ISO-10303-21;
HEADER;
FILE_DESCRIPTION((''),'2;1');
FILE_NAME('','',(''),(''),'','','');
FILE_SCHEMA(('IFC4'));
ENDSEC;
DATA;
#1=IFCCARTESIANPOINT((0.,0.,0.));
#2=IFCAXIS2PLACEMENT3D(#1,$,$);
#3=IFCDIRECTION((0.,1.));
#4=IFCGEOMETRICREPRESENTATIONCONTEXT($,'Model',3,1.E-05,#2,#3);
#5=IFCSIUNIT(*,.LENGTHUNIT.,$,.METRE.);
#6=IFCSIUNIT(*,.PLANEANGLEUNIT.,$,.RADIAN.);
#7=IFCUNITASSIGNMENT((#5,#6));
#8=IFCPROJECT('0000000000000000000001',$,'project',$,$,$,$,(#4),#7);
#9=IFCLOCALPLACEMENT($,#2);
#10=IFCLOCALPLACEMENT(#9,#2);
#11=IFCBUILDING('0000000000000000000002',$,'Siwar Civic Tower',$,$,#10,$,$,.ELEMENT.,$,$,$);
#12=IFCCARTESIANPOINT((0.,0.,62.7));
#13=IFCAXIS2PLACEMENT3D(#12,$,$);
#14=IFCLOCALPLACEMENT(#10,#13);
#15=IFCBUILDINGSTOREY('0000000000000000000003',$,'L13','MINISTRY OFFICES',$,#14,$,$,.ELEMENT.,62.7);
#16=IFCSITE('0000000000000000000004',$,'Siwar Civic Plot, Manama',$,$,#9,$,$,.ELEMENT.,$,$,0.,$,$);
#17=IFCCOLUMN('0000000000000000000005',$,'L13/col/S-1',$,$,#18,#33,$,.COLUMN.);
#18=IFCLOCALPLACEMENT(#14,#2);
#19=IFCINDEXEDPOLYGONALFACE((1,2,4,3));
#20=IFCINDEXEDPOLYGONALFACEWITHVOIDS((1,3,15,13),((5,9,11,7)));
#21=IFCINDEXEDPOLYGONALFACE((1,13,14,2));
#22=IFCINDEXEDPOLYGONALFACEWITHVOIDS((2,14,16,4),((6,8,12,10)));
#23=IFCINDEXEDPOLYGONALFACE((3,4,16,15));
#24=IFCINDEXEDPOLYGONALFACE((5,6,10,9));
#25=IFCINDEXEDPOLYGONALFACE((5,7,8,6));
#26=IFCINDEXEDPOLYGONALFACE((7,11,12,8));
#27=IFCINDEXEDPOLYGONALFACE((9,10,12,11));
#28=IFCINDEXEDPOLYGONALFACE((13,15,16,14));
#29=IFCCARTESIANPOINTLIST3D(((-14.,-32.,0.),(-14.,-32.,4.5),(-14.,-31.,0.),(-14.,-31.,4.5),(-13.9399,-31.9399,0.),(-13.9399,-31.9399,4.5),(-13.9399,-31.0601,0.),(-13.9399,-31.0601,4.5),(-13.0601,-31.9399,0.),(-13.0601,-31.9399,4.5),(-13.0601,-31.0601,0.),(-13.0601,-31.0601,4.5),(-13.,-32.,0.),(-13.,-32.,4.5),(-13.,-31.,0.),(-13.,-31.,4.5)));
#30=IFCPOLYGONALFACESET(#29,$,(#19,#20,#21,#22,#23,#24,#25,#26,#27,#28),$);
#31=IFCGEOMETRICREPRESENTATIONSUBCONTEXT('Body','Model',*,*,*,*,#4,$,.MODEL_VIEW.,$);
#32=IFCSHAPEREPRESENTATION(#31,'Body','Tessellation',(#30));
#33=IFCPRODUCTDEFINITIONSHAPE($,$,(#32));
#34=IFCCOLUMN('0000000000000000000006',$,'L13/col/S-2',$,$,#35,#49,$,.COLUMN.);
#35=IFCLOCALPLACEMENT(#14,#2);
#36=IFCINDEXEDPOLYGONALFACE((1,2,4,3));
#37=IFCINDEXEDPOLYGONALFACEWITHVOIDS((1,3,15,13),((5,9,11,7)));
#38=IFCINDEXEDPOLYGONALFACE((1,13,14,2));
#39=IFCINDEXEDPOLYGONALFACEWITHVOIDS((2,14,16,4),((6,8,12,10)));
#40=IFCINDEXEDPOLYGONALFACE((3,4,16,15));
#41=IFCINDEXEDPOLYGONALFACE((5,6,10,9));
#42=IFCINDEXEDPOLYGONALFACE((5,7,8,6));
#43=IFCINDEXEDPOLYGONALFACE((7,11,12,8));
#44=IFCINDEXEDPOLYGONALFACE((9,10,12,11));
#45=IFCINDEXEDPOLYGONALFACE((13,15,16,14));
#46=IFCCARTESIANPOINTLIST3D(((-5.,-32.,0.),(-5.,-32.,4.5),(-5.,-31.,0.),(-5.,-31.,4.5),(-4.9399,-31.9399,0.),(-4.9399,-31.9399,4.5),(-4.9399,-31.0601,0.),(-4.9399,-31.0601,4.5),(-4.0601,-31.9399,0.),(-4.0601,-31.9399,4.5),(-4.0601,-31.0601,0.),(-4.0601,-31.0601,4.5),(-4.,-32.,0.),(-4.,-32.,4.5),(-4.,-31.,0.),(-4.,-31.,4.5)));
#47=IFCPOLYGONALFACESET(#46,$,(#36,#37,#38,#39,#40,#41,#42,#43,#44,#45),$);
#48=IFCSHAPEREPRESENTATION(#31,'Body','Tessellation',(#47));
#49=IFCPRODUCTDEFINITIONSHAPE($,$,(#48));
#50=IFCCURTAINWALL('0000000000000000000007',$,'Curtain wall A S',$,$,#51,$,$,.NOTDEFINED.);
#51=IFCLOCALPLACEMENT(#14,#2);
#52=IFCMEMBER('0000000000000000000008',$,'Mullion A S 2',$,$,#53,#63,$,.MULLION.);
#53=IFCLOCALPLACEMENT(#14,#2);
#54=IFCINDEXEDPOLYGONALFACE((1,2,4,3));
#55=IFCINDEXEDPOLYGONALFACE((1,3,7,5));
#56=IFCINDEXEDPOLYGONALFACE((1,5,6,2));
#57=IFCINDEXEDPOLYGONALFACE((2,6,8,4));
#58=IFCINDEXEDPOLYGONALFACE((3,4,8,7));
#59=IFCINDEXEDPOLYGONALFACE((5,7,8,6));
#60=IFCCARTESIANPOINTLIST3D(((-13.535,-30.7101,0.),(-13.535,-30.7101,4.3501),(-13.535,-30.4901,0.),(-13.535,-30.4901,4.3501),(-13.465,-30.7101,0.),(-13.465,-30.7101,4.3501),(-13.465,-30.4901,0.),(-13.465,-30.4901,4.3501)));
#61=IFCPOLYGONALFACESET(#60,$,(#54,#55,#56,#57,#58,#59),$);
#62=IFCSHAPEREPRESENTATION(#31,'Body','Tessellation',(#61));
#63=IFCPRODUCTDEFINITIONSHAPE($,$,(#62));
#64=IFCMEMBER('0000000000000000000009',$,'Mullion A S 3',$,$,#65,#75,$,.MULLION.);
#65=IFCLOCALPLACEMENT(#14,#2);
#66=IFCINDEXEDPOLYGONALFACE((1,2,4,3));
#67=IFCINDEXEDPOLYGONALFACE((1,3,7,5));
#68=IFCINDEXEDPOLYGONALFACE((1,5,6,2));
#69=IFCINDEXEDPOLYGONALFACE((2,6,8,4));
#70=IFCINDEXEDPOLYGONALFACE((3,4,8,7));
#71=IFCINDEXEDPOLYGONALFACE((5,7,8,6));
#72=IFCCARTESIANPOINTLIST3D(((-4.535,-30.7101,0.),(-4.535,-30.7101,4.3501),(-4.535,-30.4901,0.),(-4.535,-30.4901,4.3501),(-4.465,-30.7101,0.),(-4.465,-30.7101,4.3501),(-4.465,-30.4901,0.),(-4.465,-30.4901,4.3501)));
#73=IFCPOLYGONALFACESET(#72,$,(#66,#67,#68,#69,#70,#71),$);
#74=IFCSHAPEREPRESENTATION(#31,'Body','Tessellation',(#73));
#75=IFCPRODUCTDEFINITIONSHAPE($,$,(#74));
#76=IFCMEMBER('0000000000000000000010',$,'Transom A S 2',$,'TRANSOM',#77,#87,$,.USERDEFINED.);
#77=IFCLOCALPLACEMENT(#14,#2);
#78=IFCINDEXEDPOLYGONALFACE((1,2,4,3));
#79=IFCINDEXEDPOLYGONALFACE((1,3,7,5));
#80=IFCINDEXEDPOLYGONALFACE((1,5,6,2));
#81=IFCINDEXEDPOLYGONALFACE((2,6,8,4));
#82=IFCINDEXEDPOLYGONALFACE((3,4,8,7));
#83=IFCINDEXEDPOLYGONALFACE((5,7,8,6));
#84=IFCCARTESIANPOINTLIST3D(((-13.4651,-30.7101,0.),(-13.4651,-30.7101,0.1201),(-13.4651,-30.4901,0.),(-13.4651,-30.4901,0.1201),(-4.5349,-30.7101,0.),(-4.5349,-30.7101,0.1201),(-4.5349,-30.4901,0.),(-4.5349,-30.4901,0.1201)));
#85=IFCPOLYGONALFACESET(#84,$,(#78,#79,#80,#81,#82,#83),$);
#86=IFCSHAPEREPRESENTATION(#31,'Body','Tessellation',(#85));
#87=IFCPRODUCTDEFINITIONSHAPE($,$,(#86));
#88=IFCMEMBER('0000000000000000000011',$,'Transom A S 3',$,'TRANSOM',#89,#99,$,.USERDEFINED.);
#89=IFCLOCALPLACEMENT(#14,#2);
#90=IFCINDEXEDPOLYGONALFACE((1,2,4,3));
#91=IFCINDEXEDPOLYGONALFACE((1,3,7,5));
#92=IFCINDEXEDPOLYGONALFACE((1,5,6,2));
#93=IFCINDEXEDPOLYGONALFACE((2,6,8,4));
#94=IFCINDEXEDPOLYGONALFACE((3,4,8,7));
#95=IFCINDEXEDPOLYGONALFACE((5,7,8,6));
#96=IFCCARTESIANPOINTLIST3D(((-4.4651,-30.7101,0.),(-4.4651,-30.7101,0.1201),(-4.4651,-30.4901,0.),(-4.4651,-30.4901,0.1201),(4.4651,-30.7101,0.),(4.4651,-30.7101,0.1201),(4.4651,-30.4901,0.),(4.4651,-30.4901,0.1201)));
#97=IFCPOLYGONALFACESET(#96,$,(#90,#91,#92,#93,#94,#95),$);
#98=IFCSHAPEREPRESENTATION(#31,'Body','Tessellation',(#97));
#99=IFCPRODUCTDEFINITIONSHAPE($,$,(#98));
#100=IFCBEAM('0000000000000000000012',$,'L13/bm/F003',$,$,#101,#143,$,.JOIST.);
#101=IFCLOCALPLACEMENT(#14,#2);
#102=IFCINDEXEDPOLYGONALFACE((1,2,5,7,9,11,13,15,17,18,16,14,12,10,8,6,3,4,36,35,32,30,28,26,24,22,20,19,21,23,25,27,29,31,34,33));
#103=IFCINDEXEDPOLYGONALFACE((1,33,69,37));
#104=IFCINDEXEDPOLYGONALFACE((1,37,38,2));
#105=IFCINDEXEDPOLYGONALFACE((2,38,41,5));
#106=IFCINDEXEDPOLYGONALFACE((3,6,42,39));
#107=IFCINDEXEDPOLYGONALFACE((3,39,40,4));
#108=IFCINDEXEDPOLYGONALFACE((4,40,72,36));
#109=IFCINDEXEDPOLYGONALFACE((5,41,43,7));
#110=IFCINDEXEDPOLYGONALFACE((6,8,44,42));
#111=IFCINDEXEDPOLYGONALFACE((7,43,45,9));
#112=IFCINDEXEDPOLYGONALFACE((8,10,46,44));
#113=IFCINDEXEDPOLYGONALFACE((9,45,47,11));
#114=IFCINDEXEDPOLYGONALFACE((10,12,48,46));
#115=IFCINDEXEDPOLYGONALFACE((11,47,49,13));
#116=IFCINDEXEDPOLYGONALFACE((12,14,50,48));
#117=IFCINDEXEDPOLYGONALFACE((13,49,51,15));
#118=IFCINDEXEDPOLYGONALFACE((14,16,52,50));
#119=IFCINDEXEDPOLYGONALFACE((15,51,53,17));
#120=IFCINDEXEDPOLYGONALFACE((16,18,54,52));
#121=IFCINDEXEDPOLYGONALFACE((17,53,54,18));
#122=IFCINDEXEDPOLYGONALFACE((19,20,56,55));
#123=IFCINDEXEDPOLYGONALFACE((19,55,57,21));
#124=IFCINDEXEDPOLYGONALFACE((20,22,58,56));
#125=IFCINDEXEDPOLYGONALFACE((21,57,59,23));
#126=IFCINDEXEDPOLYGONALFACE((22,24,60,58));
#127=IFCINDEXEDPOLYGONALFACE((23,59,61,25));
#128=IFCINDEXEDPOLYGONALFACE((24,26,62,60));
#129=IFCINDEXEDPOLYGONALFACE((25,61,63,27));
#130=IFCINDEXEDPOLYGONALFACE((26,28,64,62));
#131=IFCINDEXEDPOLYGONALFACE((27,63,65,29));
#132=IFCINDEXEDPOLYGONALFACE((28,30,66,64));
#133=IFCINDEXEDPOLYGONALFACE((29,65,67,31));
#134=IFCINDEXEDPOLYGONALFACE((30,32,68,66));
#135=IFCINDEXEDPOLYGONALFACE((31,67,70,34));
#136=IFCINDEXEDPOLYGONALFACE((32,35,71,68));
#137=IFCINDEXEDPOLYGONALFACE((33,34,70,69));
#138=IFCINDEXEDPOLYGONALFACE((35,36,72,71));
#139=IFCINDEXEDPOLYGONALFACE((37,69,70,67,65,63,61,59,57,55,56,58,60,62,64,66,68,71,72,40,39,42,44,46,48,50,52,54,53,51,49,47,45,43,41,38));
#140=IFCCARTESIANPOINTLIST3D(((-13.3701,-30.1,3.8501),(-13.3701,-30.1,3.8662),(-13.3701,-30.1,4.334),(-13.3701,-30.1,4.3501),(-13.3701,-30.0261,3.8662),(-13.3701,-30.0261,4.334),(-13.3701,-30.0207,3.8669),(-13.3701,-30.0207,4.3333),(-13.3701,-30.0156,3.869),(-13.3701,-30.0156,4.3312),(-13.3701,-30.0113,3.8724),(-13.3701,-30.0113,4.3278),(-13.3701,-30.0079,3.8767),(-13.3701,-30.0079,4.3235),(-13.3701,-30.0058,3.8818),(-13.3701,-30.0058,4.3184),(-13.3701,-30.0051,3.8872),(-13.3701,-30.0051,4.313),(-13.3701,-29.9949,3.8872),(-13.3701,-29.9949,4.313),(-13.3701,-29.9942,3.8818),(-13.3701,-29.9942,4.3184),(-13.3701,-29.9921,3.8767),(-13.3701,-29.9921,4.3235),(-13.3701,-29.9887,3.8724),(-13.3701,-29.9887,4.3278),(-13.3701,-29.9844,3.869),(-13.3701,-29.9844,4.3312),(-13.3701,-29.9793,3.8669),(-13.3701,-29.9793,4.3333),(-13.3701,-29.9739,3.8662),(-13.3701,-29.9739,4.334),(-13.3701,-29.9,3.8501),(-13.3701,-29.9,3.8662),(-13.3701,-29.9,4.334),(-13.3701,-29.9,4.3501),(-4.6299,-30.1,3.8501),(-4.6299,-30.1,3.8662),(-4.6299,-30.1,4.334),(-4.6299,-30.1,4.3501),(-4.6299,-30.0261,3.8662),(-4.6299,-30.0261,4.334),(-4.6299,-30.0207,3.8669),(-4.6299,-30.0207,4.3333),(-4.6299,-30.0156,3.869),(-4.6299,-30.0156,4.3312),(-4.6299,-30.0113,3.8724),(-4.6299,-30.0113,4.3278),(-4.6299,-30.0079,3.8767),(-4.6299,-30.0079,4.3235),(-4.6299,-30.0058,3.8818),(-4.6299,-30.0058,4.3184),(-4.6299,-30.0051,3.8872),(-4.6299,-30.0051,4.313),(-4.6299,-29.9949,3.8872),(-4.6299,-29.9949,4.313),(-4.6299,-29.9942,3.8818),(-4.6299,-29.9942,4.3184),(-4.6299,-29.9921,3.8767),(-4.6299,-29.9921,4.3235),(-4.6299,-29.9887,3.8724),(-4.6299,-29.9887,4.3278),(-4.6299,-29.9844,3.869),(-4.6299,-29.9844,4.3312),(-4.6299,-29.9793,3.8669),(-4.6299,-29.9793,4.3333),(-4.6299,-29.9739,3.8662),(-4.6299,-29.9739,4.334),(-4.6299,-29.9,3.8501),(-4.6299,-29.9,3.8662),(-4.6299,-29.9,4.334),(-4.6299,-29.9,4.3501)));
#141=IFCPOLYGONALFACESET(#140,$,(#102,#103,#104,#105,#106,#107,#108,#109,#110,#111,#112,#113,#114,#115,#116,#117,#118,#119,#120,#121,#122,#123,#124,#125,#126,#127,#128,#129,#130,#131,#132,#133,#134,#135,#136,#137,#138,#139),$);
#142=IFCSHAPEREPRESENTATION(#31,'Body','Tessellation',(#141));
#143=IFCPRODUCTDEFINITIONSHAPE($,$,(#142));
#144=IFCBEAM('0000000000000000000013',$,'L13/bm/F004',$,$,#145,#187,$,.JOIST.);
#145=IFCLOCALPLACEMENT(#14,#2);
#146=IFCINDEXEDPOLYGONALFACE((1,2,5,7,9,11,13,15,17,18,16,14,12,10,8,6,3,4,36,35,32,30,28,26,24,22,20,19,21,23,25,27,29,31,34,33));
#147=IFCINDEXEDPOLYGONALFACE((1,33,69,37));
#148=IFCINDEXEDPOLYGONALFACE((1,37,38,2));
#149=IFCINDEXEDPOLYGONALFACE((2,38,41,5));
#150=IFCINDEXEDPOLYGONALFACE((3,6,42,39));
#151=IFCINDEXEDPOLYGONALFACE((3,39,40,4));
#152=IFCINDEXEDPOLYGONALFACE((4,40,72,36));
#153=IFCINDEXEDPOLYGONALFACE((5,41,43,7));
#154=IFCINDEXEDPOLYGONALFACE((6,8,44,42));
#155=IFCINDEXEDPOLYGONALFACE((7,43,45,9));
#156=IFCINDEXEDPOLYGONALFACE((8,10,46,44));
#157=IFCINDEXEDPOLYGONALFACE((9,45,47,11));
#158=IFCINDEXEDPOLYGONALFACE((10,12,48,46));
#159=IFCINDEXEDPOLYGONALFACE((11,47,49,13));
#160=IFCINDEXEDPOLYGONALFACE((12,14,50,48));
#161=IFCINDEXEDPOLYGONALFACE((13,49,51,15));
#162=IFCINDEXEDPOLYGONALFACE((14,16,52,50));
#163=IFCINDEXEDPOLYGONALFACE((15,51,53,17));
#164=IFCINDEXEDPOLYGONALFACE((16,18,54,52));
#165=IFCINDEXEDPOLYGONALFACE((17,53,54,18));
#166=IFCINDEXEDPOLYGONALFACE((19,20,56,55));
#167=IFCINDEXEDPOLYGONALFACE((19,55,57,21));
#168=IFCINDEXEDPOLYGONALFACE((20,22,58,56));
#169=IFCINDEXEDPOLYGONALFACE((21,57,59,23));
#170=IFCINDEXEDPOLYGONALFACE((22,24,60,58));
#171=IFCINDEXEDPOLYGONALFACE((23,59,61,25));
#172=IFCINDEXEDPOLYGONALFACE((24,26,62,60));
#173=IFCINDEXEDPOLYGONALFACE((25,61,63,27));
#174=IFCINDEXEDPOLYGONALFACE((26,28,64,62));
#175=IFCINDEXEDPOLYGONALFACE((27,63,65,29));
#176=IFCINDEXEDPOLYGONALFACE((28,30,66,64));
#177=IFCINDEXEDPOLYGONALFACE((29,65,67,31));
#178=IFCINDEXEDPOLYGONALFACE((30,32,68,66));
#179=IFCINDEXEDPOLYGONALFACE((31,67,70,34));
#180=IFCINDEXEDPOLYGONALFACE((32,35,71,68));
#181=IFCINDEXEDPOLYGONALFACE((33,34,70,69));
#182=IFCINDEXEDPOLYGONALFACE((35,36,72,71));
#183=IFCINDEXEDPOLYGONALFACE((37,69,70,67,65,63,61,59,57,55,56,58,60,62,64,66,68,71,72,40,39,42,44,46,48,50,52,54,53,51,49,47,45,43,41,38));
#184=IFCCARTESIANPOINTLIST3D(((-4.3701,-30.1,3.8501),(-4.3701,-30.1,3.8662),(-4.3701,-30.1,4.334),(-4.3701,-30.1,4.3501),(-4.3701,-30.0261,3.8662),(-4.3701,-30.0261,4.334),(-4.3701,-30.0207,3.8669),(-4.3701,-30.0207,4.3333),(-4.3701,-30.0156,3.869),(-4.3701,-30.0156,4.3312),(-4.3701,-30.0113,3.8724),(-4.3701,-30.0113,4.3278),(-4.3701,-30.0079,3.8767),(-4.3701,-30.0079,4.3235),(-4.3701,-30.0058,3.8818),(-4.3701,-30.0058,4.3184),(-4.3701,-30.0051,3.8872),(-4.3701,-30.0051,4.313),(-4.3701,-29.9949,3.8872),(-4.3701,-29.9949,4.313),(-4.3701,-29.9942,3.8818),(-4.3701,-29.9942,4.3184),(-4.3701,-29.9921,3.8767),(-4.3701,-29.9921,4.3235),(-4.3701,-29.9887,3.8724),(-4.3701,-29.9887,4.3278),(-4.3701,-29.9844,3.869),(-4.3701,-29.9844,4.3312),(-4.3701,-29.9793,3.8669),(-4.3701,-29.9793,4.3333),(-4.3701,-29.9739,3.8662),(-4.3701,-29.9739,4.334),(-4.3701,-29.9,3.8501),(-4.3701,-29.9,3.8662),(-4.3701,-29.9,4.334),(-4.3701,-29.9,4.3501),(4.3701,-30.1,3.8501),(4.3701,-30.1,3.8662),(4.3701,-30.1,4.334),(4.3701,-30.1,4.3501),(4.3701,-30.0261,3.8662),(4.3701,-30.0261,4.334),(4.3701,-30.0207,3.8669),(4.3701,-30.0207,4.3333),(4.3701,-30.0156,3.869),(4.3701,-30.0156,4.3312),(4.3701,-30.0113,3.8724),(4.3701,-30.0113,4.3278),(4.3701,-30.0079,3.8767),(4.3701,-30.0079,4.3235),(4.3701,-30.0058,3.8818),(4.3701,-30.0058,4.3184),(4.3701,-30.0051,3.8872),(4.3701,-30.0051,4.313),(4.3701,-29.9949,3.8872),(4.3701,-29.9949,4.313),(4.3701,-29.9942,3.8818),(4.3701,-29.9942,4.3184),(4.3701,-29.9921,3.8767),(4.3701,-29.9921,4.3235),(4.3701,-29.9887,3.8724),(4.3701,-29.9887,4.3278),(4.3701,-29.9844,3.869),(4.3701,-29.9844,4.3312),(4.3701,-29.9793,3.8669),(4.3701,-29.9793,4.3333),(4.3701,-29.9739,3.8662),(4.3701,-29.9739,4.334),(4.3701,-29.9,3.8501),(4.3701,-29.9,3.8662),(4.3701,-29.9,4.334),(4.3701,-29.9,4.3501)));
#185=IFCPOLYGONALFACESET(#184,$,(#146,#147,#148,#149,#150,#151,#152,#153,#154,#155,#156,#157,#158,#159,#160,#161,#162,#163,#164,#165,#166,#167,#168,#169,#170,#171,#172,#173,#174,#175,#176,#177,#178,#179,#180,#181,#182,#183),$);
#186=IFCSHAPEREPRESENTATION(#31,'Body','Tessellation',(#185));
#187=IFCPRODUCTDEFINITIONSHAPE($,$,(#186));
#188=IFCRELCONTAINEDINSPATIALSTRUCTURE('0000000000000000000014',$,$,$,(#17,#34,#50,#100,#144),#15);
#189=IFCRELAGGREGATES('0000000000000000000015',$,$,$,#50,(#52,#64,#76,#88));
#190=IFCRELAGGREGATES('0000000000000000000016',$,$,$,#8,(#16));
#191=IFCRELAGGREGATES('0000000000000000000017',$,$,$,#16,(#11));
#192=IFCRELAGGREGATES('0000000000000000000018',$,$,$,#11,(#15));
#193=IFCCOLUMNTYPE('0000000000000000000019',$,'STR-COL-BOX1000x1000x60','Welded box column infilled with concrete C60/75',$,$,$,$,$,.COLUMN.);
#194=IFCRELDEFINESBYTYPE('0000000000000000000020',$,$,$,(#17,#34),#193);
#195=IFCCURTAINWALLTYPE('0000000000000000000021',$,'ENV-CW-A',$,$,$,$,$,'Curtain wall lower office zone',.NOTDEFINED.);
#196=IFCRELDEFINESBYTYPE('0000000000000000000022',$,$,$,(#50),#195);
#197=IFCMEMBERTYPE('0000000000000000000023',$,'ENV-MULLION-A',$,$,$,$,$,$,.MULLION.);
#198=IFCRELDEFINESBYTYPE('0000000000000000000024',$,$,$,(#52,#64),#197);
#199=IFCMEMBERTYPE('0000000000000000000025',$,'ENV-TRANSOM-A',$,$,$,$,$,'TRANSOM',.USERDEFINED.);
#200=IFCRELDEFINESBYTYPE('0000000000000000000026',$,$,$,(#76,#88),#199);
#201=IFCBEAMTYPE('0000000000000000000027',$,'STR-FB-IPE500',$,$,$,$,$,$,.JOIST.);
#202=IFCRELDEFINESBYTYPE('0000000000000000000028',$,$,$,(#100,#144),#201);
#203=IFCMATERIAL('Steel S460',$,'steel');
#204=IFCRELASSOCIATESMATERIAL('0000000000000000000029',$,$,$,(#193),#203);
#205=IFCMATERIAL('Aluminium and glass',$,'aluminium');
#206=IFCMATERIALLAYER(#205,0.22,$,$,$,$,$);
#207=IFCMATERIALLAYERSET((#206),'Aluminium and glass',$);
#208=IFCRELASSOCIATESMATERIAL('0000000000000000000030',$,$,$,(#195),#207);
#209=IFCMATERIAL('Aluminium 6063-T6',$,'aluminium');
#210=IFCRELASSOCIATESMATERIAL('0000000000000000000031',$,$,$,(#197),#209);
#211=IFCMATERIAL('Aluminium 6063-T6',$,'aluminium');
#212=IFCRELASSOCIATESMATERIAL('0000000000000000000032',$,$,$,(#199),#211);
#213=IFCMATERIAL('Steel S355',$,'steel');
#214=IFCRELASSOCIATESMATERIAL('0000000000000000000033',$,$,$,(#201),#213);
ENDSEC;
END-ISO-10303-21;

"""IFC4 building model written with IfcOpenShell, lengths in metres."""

from ifc_helpers import new_model, si_unit, direction, frame, origin, origin_2d, place, context, subcontext, project, spatial, rectangle, hollow_rectangle, i_section, extrude, material, layer, layer_set, material_profile, profile_set, type_object, element, aggregate, save


model = new_model("IFC4")

# Units and contexts
model_context = context("Model", 3, precision=1e-05, world=origin(), true_north=direction((0.0, 1.0)))
body_context = subcontext(model_context, "Body", "Model", "MODEL_VIEW")
ifc_project = project(units=[si_unit("LENGTHUNIT", "METRE"), si_unit("PLANEANGLEUNIT", "RADIAN")], contexts=[model_context])

# Site, building, storey
site_placement = place(None, origin())
site = spatial("IfcSite", under=ifc_project, at=site_placement, Name="Siwar Civic Plot, Manama", CompositionType="ELEMENT", RefElevation=0.0)
building_placement = place(site_placement, origin())
building = spatial("IfcBuilding", under=site, at=building_placement, Name="Siwar Civic Tower", CompositionType="ELEMENT")
storey_placement = place(building_placement, frame((0.0, 0.0, 62.7)))
storey = spatial("IfcBuildingStorey", under=building, at=storey_placement, Name="L13", Description="MINISTRY OFFICES", CompositionType="ELEMENT", Elevation=62.7)

# Columns
ifc_material_1 = material(Name="Steel S460", Category="steel")
ifc_material_profile_1 = material_profile(ifc_material_1, hollow_rectangle(XDim=1.0, YDim=1.0, WallThickness=0.0601, at=origin_2d()), Name="BOX1000x1000x60")
ifc_profile_set_1 = profile_set([ifc_material_profile_1], Name="Steel S460")
column_type = type_object("IfcColumnType", Name="STR-COL-BOX1000x1000x60", Description="Welded box column infilled with concrete C60/75", PredefinedType="COLUMN", material=ifc_profile_set_1)
for number, where, z_axis, x_axis, name in (
    (1, (-13.5, -31.5, 0.0), (0.0, 0.0, 1.0), (1.0, 0.0, 0.0), "L13/col/S-1"),
    (2, (-4.5, -31.5, 0.0), (0.0, 0.0, 1.0), (1.0, 0.0, 0.0), "L13/col/S-2"),
):
    element("IfcColumn", number, at=place(storey_placement, frame(where, z_axis=z_axis, x_axis=x_axis)), inside=storey, type_object=column_type, Name=name, PredefinedType="COLUMN", context=body_context, shape_type="SweptSolid", body=[
        extrude(hollow_rectangle(XDim=1.0, YDim=1.0, WallThickness=0.0601, at=origin_2d()), origin(), (0.0, 0.0, 1.0), 4.5),
    ])

# Curtain wall, members
ifc_material_2 = material(Name="Aluminium and glass", Category="aluminium")
ifc_layer_1 = layer(ifc_material_2, 0.22)
ifc_layer_set_1 = layer_set([ifc_layer_1], Name="Aluminium and glass")
curtain_wall_type = type_object("IfcCurtainWallType", Name="ENV-CW-A", ElementType="Curtain wall lower office zone", PredefinedType="NOTDEFINED", material=ifc_layer_set_1)
curtain_wall_placement = place(storey_placement, origin())
curtain_wall = element("IfcCurtainWall", 3, at=curtain_wall_placement, inside=storey, type_object=curtain_wall_type, Name="Curtain wall A S", PredefinedType="NOTDEFINED")
ifc_material_3 = material(Name="Aluminium 6063-T6", Category="aluminium")
ifc_material_profile_2 = material_profile(ifc_material_3, rectangle(XDim=0.22, YDim=0.0701, at=origin_2d()), Name="AL 220x70")
ifc_profile_set_2 = profile_set([ifc_material_profile_2], Name="Aluminium 6063-T6")
member_type_1 = type_object("IfcMemberType", Name="ENV-MULLION-A", PredefinedType="MULLION", material=ifc_profile_set_2)
member_1_placement = place(storey_placement, frame((-13.5, -30.6001, 0.0), z_axis=(0.0, 0.0, 1.0), x_axis=(0.0, 1.0, 0.0)))
member_1 = element("IfcMember", 4, at=member_1_placement, type_object=member_type_1, Name="Mullion A S 2", PredefinedType="MULLION", context=body_context, shape_type="SweptSolid", body=[
    extrude(rectangle(XDim=0.22, YDim=0.0701, at=origin_2d()), origin(), (0.0, 0.0, 1.0), 4.3501),
])
member_2_placement = place(storey_placement, frame((-4.5, -30.6001, 0.0), z_axis=(0.0, 0.0, 1.0), x_axis=(0.0, 1.0, 0.0)))
member_2 = element("IfcMember", 5, at=member_2_placement, type_object=member_type_1, Name="Mullion A S 3", PredefinedType="MULLION", context=body_context, shape_type="SweptSolid", body=[
    extrude(rectangle(XDim=0.22, YDim=0.0701, at=origin_2d()), origin(), (0.0, 0.0, 1.0), 4.3501),
])
ifc_material_4 = material(Name="Aluminium 6063-T6", Category="aluminium")
ifc_material_profile_3 = material_profile(ifc_material_4, rectangle(XDim=0.22, YDim=0.1201, at=origin_2d()), Name="AL 220x120")
ifc_profile_set_3 = profile_set([ifc_material_profile_3], Name="Aluminium 6063-T6")
member_type_2 = type_object("IfcMemberType", Name="ENV-TRANSOM-A", ElementType="TRANSOM", PredefinedType="USERDEFINED", material=ifc_profile_set_3)
member_3_placement = place(storey_placement, frame((-13.4651, -30.6001, 0.0601), z_axis=(1.0, 0.0, 0.0), x_axis=(0.0, 1.0, 0.0)))
member_3 = element("IfcMember", 6, at=member_3_placement, type_object=member_type_2, Name="Transom A S 2", ObjectType="TRANSOM", PredefinedType="USERDEFINED", context=body_context, shape_type="SweptSolid", body=[
    extrude(rectangle(XDim=0.22, YDim=0.1201, at=origin_2d()), origin(), (0.0, 0.0, 1.0), 8.9302),
])
member_4_placement = place(storey_placement, frame((-4.4651, -30.6001, 0.0601), z_axis=(1.0, 0.0, 0.0), x_axis=(0.0, 1.0, 0.0)))
member_4 = element("IfcMember", 7, at=member_4_placement, type_object=member_type_2, Name="Transom A S 3", ObjectType="TRANSOM", PredefinedType="USERDEFINED", context=body_context, shape_type="SweptSolid", body=[
    extrude(rectangle(XDim=0.22, YDim=0.1201, at=origin_2d()), origin(), (0.0, 0.0, 1.0), 8.9302),
])

# Beams
ifc_material_5 = material(Name="Steel S355", Category="steel")
ifc_material_profile_4 = material_profile(ifc_material_5, i_section(OverallWidth=0.2, OverallDepth=0.5, WebThickness=0.0103, FlangeThickness=0.0161, FilletRadius=0.021, at=origin_2d()), Name="IPE500")
ifc_profile_set_4 = profile_set([ifc_material_profile_4], Name="Steel S355")
beam_type_1 = type_object("IfcBeamType", Name="STR-FB-IPE500", PredefinedType="JOIST", material=ifc_profile_set_4)
for number, where, z_axis, x_axis, name in (
    (8, (-13.3701, -30.0, 4.1001), (1.0, 0.0, 0.0), (0.0, 1.0, 0.0), "L13/bm/F003"),
    (9, (-4.3701, -30.0, 4.1001), (1.0, 0.0, 0.0), (0.0, 1.0, 0.0), "L13/bm/F004"),
):
    element("IfcBeam", number, at=place(storey_placement, frame(where, z_axis=z_axis, x_axis=x_axis)), inside=storey, type_object=beam_type_1, Name=name, PredefinedType="JOIST", context=body_context, shape_type="SweptSolid", body=[
        extrude(i_section(OverallWidth=0.2, OverallDepth=0.5, WebThickness=0.0103, FlangeThickness=0.0161, FilletRadius=0.021, at=origin_2d()), origin(), (0.0, 0.0, 1.0), 8.7402),
    ])

aggregate(curtain_wall, [member_1, member_2, member_3, member_4])

save(model, "model.ifc")
